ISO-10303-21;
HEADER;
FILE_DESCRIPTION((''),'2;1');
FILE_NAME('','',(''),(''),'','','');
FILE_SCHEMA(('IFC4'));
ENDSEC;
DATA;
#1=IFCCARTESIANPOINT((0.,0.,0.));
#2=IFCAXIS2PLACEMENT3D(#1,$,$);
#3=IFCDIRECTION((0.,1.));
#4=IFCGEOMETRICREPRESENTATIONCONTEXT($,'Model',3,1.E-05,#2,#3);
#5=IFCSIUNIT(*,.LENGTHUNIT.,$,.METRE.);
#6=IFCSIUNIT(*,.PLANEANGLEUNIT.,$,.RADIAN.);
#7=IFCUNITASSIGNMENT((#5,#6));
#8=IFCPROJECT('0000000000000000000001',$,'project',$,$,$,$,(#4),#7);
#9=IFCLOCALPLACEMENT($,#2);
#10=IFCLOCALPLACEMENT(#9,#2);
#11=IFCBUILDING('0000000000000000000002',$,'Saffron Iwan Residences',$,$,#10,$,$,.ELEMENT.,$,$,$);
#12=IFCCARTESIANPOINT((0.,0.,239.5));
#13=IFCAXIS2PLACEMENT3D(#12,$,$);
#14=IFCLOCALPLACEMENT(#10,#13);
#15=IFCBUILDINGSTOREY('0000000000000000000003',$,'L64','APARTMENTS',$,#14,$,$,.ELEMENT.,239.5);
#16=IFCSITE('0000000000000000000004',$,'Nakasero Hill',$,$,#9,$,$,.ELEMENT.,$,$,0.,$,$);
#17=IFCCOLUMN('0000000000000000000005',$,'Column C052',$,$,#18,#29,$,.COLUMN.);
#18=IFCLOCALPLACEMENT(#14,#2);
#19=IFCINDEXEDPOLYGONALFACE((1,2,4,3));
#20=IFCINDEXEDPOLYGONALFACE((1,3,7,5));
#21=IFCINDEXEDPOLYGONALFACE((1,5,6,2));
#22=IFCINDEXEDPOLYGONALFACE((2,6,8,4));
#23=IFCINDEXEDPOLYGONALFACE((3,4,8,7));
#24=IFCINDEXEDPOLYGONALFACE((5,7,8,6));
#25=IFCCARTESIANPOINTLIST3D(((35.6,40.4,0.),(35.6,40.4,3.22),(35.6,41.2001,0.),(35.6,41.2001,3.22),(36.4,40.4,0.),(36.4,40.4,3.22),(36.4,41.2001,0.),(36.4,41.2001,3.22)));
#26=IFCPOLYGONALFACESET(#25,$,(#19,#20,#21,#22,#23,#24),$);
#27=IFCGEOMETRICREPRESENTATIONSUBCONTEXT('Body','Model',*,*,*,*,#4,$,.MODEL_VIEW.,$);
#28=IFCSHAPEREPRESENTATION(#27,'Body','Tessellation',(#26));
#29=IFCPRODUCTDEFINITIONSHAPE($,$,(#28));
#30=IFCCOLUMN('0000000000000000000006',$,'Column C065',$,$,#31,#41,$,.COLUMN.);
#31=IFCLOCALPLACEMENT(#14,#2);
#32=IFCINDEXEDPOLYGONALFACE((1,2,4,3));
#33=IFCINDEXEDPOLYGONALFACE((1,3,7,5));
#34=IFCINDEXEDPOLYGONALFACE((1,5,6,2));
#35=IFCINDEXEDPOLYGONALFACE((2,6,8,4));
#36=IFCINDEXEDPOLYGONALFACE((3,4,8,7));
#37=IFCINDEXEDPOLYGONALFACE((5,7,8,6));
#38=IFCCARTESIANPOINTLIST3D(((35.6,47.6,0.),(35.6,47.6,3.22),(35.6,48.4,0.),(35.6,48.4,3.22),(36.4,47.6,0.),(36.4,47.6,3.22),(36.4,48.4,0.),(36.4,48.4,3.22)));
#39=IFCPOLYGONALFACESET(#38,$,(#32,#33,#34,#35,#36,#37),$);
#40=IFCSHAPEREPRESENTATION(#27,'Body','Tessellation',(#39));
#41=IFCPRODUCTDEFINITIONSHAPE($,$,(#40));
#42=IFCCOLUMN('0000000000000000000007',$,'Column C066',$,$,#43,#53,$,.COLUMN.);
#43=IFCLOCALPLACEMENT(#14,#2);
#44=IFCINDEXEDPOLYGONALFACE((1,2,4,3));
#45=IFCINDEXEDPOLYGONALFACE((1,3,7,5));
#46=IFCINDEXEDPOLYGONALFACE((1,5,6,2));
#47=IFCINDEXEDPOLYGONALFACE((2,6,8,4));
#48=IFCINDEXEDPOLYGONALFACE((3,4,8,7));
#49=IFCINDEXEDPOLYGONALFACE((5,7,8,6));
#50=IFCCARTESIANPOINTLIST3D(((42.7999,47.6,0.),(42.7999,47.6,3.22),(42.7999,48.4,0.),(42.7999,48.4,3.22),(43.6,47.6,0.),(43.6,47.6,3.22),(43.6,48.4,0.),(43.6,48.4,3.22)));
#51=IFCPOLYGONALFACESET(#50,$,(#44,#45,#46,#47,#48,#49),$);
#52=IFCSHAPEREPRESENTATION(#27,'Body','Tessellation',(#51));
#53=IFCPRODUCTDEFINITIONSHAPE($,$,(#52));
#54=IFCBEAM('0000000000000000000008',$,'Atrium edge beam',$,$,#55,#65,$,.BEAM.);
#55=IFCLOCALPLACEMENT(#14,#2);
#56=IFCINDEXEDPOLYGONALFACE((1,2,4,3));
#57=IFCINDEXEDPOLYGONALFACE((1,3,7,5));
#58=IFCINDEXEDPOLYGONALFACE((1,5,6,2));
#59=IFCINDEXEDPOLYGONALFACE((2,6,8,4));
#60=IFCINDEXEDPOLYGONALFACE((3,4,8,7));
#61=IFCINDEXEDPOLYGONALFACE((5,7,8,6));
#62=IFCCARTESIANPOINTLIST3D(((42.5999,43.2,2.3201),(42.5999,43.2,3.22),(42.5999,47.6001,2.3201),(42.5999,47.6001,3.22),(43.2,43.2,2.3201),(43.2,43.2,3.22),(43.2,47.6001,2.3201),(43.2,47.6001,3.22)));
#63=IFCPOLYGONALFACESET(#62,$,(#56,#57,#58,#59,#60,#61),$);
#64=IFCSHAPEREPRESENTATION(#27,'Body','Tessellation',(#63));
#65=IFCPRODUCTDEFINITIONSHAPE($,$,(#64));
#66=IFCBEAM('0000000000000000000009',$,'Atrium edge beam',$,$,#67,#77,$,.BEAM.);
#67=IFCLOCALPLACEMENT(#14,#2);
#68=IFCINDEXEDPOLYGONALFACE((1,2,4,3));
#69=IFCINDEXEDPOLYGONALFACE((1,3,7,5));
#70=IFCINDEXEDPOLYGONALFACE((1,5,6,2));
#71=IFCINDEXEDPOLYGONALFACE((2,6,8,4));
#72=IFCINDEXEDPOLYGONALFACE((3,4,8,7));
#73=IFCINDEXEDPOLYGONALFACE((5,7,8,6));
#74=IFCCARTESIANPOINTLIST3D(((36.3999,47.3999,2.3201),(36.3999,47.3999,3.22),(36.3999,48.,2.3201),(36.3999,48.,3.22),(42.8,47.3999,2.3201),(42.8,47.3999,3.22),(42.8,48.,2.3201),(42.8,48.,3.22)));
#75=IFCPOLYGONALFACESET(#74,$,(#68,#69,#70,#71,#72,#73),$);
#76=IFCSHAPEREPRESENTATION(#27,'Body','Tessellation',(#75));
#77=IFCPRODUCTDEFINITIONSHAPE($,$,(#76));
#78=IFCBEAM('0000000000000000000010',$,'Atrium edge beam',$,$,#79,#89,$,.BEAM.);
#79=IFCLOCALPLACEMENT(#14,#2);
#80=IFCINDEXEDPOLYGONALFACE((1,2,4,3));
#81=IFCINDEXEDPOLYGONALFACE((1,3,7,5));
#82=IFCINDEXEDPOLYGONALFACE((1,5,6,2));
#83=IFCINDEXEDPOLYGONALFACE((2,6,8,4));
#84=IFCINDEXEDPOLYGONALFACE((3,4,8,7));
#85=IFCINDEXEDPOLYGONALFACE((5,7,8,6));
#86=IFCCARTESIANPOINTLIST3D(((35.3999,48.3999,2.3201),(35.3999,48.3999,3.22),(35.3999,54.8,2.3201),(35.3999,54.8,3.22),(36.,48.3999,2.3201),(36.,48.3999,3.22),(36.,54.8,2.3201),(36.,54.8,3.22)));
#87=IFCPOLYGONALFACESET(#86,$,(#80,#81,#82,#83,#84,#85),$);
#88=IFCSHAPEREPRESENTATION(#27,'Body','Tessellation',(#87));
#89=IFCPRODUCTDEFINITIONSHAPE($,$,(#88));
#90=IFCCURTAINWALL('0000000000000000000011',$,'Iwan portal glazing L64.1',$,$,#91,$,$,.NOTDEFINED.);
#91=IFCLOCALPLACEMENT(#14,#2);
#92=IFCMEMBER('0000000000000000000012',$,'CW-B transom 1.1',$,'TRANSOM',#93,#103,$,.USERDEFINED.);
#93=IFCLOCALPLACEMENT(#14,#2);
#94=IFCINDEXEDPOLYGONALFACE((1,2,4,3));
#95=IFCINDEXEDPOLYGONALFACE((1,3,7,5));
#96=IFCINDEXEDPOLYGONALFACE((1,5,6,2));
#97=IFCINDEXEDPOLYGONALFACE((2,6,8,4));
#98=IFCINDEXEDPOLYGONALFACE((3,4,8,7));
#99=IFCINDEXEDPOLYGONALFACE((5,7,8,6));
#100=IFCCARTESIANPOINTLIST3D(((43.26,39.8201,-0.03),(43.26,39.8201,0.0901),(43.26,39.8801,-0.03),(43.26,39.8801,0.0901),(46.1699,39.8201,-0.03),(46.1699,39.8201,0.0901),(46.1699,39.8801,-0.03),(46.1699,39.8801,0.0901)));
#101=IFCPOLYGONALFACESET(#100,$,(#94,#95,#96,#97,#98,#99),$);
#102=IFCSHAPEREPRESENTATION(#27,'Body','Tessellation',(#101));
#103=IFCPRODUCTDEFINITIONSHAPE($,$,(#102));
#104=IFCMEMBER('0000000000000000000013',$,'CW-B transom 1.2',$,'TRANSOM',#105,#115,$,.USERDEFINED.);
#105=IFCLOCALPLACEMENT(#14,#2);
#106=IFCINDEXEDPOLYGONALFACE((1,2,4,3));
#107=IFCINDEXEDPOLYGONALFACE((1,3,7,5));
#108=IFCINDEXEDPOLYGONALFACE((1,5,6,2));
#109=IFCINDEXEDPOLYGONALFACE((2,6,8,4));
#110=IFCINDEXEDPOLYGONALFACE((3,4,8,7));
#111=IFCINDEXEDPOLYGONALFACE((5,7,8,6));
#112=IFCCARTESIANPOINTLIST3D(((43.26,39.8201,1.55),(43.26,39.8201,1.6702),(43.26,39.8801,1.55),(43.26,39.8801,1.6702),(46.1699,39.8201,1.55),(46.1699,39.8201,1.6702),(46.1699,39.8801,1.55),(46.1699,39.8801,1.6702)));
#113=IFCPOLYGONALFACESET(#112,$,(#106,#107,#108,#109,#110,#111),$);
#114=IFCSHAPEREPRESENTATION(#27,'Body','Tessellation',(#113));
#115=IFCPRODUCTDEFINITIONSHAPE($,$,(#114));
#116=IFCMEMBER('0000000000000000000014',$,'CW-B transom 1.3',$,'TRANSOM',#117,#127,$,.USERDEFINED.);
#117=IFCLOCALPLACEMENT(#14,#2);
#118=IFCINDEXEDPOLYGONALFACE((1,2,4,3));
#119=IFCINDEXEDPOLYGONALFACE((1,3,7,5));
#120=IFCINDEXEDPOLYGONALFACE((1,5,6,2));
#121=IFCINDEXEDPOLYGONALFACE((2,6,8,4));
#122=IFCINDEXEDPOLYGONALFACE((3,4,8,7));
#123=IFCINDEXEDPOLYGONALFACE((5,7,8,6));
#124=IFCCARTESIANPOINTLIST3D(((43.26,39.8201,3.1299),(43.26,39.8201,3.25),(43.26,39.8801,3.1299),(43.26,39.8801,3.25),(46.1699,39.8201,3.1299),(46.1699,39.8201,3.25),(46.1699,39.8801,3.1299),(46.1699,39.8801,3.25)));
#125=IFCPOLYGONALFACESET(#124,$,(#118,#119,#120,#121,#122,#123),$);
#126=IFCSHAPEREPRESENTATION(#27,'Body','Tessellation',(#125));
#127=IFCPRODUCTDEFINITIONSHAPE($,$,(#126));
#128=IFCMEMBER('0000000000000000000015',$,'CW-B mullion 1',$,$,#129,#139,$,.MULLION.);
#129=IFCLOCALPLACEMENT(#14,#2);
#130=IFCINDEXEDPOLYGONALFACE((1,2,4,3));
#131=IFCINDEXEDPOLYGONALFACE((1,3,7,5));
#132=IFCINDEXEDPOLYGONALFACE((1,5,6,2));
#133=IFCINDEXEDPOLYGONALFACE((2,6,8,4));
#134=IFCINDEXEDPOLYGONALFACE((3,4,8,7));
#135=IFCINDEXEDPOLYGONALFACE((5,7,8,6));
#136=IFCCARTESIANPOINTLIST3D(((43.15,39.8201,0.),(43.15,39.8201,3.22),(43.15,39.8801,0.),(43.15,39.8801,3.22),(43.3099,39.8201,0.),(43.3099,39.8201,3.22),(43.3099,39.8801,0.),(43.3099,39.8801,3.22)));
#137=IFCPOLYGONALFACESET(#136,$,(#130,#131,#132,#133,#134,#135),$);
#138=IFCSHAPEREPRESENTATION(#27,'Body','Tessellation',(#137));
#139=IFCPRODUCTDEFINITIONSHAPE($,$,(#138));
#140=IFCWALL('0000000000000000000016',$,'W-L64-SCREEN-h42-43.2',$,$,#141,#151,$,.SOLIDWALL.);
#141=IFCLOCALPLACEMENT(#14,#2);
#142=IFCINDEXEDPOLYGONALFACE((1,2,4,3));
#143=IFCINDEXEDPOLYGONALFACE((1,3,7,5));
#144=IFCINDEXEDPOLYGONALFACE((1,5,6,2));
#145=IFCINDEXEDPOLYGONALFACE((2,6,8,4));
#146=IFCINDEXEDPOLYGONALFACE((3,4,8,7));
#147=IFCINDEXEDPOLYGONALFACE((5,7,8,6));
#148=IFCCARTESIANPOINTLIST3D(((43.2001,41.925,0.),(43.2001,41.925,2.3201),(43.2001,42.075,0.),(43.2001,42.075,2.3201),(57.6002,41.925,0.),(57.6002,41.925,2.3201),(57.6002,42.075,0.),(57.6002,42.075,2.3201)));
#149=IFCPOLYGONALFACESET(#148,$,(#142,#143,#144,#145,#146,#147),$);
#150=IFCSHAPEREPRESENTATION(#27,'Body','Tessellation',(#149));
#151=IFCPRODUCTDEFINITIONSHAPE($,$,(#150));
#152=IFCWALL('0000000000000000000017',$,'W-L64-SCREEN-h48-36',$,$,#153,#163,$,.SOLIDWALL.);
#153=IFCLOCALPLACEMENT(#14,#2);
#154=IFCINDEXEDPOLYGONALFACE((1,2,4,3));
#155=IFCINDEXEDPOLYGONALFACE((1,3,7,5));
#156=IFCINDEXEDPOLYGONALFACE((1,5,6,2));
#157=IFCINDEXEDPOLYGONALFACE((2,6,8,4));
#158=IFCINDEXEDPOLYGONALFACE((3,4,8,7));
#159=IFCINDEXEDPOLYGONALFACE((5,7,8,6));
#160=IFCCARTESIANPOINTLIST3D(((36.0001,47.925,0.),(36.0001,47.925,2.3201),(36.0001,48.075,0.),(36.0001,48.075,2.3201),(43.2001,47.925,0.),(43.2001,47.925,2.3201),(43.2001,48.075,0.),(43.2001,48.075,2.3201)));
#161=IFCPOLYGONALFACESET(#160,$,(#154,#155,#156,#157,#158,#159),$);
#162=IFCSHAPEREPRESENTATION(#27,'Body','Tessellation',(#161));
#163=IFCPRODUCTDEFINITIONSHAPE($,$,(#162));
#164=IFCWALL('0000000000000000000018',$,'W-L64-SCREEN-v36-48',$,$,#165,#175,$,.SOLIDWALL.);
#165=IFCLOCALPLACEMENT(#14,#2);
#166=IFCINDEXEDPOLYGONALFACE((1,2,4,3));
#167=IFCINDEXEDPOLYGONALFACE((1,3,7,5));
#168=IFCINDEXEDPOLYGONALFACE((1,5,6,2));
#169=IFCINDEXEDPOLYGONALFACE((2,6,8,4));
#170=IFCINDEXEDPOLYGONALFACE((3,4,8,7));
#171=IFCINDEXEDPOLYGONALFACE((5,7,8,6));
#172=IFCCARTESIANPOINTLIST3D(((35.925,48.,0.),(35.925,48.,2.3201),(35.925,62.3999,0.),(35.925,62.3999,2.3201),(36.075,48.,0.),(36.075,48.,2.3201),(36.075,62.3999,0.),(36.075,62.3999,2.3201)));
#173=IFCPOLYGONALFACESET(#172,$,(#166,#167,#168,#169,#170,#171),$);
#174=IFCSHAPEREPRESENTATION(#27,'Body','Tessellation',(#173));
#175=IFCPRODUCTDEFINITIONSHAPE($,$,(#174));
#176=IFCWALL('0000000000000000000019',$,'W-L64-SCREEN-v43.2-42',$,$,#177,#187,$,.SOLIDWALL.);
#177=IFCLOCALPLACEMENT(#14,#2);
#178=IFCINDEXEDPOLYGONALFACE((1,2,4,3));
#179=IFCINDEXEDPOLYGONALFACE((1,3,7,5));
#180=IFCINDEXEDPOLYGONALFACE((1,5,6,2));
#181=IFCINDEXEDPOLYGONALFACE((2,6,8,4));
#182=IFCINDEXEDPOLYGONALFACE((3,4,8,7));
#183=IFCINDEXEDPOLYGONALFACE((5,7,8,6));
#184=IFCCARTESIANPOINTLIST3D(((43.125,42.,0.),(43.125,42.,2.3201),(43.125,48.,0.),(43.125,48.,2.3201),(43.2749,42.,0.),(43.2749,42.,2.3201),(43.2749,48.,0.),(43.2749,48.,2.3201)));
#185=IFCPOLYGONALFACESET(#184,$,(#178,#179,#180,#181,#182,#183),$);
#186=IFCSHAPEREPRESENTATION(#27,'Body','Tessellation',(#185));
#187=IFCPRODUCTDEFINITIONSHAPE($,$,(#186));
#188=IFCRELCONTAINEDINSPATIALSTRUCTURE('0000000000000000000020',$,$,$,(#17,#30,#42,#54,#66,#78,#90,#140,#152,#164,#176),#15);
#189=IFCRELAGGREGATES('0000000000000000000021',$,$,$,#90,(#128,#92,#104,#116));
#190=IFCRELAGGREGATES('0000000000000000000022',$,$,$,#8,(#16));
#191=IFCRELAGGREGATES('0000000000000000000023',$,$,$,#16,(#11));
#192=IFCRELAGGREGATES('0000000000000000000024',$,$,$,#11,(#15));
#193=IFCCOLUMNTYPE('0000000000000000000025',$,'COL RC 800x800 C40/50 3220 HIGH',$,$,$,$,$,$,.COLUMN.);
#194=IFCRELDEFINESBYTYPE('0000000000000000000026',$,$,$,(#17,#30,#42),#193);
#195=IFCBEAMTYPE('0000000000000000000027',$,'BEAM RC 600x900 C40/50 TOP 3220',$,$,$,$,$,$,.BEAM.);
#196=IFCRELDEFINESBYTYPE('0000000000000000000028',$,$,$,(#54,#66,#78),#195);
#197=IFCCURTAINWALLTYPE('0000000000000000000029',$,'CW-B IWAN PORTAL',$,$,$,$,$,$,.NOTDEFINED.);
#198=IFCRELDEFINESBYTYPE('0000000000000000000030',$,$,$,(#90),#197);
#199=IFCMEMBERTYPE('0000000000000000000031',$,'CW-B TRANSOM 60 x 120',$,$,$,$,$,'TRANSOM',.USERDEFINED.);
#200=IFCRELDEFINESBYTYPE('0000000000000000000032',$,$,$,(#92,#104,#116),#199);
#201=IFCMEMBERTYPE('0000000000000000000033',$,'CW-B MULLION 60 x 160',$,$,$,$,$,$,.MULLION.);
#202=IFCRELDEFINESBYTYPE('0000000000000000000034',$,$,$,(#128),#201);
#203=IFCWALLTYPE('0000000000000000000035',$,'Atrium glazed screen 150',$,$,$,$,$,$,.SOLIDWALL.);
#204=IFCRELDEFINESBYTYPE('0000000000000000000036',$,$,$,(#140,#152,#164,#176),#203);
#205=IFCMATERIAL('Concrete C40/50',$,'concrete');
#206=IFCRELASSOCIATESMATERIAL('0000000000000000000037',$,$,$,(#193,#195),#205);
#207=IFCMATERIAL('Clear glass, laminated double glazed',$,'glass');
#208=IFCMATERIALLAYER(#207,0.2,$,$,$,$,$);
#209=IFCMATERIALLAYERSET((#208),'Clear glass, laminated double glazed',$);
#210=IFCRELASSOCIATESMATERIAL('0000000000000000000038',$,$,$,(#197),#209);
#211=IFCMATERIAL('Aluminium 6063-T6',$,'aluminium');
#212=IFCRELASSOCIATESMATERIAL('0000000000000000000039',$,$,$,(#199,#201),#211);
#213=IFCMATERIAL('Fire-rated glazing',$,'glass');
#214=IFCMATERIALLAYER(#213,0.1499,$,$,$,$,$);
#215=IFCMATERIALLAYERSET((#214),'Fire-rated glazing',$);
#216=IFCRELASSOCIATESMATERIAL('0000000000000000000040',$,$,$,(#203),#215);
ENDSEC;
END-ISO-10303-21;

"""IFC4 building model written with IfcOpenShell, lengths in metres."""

from ifc_helpers import new_model, si_unit, direction, frame, frame_2d, origin, origin_2d, place, context, subcontext, project, spatial, rectangle, extrude, source, transform, mapped, material, layer, layer_set, material_profile, profile_set, type_object, element, aggregate, save


model = new_model("IFC4")

# Units and contexts
model_context = context("Model", 3, precision=1e-05, world=origin(), true_north=direction((0.0, 1.0)))
body_context = subcontext(model_context, "Body", "Model", "MODEL_VIEW")
ifc_project = project(units=[si_unit("LENGTHUNIT", "METRE"), si_unit("PLANEANGLEUNIT", "RADIAN")], contexts=[model_context])

# Site, building, storey
site_placement = place(None, origin())
site = spatial("IfcSite", under=ifc_project, at=site_placement, Name="Nakasero Hill", CompositionType="ELEMENT", RefElevation=0.0)
building_placement = place(site_placement, origin())
building = spatial("IfcBuilding", under=site, at=building_placement, Name="Saffron Iwan Residences", CompositionType="ELEMENT")
storey_placement = place(building_placement, frame((0.0, 0.0, 239.5)))
storey = spatial("IfcBuildingStorey", under=building, at=storey_placement, Name="L64", Description="APARTMENTS", CompositionType="ELEMENT", Elevation=239.5)

# Columns
ifc_material_1 = material(Name="Concrete C40/50", Category="concrete")
ifc_material_profile_1 = material_profile(ifc_material_1, rectangle(XDim=0.8, YDim=0.8, at=origin_2d()), Name="RC 800x800")
ifc_profile_set_1 = profile_set([ifc_material_profile_1], Name="Concrete C40/50")
column_type = type_object("IfcColumnType", Name="COL RC 800x800 C40/50 3220 HIGH", PredefinedType="COLUMN", material=ifc_profile_set_1)
shared_shape_1 = source(origin(), body_context, "Body", "SweptSolid", [
    extrude(rectangle(XDim=0.8, YDim=0.8, at=origin_2d()), origin(), (0.0, 0.0, 1.0), 3.22),
])
for number, where, z_axis, x_axis, name in (
    (1, (36.0, 40.8, 0.0), (0.0, 0.0, 1.0), (1.0, 0.0, 0.0), "Column C052"),
    (2, (36.0, 48.0, 0.0), (0.0, 0.0, 1.0), (1.0, 0.0, 0.0), "Column C065"),
    (3, (43.2, 48.0, 0.0), (0.0, 0.0, 1.0), (1.0, 0.0, 0.0), "Column C066"),
):
    element("IfcColumn", number, at=place(storey_placement, frame(where, z_axis=z_axis, x_axis=x_axis)), inside=storey, type_object=column_type, Name=name, PredefinedType="COLUMN", context=body_context, shape_type="MappedRepresentation", body=[
        mapped(shared_shape_1, transform((0.0, 0.0, 0.0))),
    ])

# Beams
ifc_material_profile_2 = material_profile(ifc_material_1, rectangle(XDim=0.6001, YDim=0.8999, at=origin_2d()), Name="RC 600x900")
ifc_profile_set_2 = profile_set([ifc_material_profile_2], Name="Concrete C40/50")
beam_type = type_object("IfcBeamType", Name="BEAM RC 600x900 C40/50 TOP 3220", PredefinedType="BEAM", material=ifc_profile_set_2)
shared_shape_2 = source(origin(), body_context, "Body", "SweptSolid", [
    extrude(rectangle(XDim=0.6001, YDim=0.8999, at=origin_2d()), origin(), (0.0, 0.0, 1.0), 4.4001),
])
beam_placement = place(storey_placement, frame((42.8999, 43.2, 2.77), z_axis=(0.0, 1.0, 0.0), x_axis=(-1.0, 0.0, 0.0)))
element("IfcBeam", 4, at=beam_placement, inside=storey, type_object=beam_type, Name="Atrium edge beam", PredefinedType="BEAM", context=body_context, shape_type="MappedRepresentation", body=[
    mapped(shared_shape_2, transform((0.0, 0.0, 0.0))),
])
shared_shape_3 = source(origin(), body_context, "Body", "SweptSolid", [
    extrude(rectangle(XDim=0.6001, YDim=0.8999, at=origin_2d()), origin(), (0.0, 0.0, 1.0), 6.4001),
])
for number, where, z_axis, x_axis, name in (
    (5, (42.8, 47.7, 2.77), (-1.0, 0.0, 0.0), (0.0, -1.0, 0.0), "Atrium edge beam"),
    (6, (35.7, 48.3999, 2.77), (0.0, 1.0, 0.0), (-1.0, 0.0, 0.0), "Atrium edge beam"),
):
    element("IfcBeam", number, at=place(storey_placement, frame(where, z_axis=z_axis, x_axis=x_axis)), inside=storey, type_object=beam_type, Name=name, PredefinedType="BEAM", context=body_context, shape_type="MappedRepresentation", body=[
        mapped(shared_shape_3, transform((0.0, 0.0, 0.0))),
    ])

# Curtain wall, members
ifc_material_2 = material(Name="Clear glass, laminated double glazed", Category="glass")
ifc_layer_1 = layer(ifc_material_2, 0.2)
ifc_layer_set_1 = layer_set([ifc_layer_1], Name="Clear glass, laminated double glazed")
curtain_wall_type = type_object("IfcCurtainWallType", Name="CW-B IWAN PORTAL", PredefinedType="NOTDEFINED", material=ifc_layer_set_1)
curtain_wall_placement = place(storey_placement, origin())
curtain_wall = element("IfcCurtainWall", 7, at=curtain_wall_placement, inside=storey, type_object=curtain_wall_type, Name="Iwan portal glazing L64.1", PredefinedType="NOTDEFINED")
ifc_material_3 = material(Name="Aluminium 6063-T6", Category="aluminium")
ifc_material_profile_3 = material_profile(ifc_material_3, rectangle(XDim=0.0601, YDim=0.1201, at=origin_2d()), Name="CW-B TRANSOM 60 x 120")
ifc_profile_set_3 = profile_set([ifc_material_profile_3], Name="Aluminium 6063-T6")
member_type_1 = type_object("IfcMemberType", Name="CW-B TRANSOM 60 x 120", ElementType="TRANSOM", PredefinedType="USERDEFINED", material=ifc_profile_set_3)
shared_shape_4 = source(origin(), body_context, "Body", "SweptSolid", [
    extrude(rectangle(XDim=0.0601, YDim=0.1201, at=origin_2d()), origin(), (0.0, 0.0, 1.0), 2.9099),
])
member_1_placement = place(storey_placement, frame((43.26, 39.8501, 0.03), z_axis=(1.0, 0.0, 0.0), x_axis=(0.0, 1.0, 0.0)))
member_1 = element("IfcMember", 8, at=member_1_placement, type_object=member_type_1, Name="CW-B transom 1.1", ObjectType="TRANSOM", PredefinedType="USERDEFINED", context=body_context, shape_type="MappedRepresentation", body=[
    mapped(shared_shape_4, transform((0.0, 0.0, 0.0))),
])
member_2_placement = place(storey_placement, frame((43.26, 39.8501, 1.6101), z_axis=(1.0, 0.0, 0.0), x_axis=(0.0, 1.0, 0.0)))
member_2 = element("IfcMember", 9, at=member_2_placement, type_object=member_type_1, Name="CW-B transom 1.2", ObjectType="TRANSOM", PredefinedType="USERDEFINED", context=body_context, shape_type="MappedRepresentation", body=[
    mapped(shared_shape_4, transform((0.0, 0.0, 0.0))),
])
member_3_placement = place(storey_placement, frame((43.26, 39.8501, 3.1899), z_axis=(1.0, 0.0, 0.0), x_axis=(0.0, 1.0, 0.0)))
member_3 = element("IfcMember", 10, at=member_3_placement, type_object=member_type_1, Name="CW-B transom 1.3", ObjectType="TRANSOM", PredefinedType="USERDEFINED", context=body_context, shape_type="MappedRepresentation", body=[
    mapped(shared_shape_4, transform((0.0, 0.0, 0.0))),
])
ifc_material_profile_4 = material_profile(ifc_material_3, rectangle(XDim=0.0601, YDim=0.1599, at=origin_2d()), Name="CW-B MULLION 60 x 160")
ifc_profile_set_4 = profile_set([ifc_material_profile_4], Name="Aluminium 6063-T6")
member_type_2 = type_object("IfcMemberType", Name="CW-B MULLION 60 x 160", PredefinedType="MULLION", material=ifc_profile_set_4)
shared_shape_5 = source(origin(), body_context, "Body", "SweptSolid", [
    extrude(rectangle(XDim=0.0601, YDim=0.1599, at=origin_2d()), origin(), (0.0, 0.0, 1.0), 3.22),
])
member_4_placement = place(storey_placement, frame((43.23, 39.8501, 0.0), z_axis=(0.0, 0.0, 1.0), x_axis=(0.0, 1.0, 0.0)))
member_4 = element("IfcMember", 11, at=member_4_placement, type_object=member_type_2, Name="CW-B mullion 1", PredefinedType="MULLION", context=body_context, shape_type="MappedRepresentation", body=[
    mapped(shared_shape_5, transform((0.0, 0.0, 0.0))),
])
aggregate(curtain_wall, [member_4, member_1, member_2, member_3])

# Walls
ifc_material_4 = material(Name="Fire-rated glazing", Category="glass")
ifc_layer_2 = layer(ifc_material_4, 0.1499)
ifc_layer_set_2 = layer_set([ifc_layer_2], Name="Fire-rated glazing")
wall_type_1 = type_object("IfcWallType", Name="Atrium glazed screen 150", PredefinedType="SOLIDWALL", material=ifc_layer_set_2)
wall_1_placement = place(storey_placement, frame((43.2, 42.0, 0.0), z_axis=(0.0, 0.0, 1.0), x_axis=(1.0, 0.0, 0.0)))
element("IfcWall", 12, at=wall_1_placement, inside=storey, type_object=wall_type_1, Name="W-L64-SCREEN-h42-43.2", PredefinedType="SOLIDWALL", context=body_context, shape_type="SweptSolid", body=[
    extrude(rectangle(XDim=14.4001, YDim=0.1499, at=frame_2d((7.2002, 0.0))), origin(), (0.0, 0.0, 1.0), 2.3201),
])
wall_2_placement = place(storey_placement, frame((36.0, 48.0, 0.0), z_axis=(0.0, 0.0, 1.0), x_axis=(1.0, 0.0, 0.0)))
element("IfcWall", 13, at=wall_2_placement, inside=storey, type_object=wall_type_1, Name="W-L64-SCREEN-h48-36", PredefinedType="SOLIDWALL", context=body_context, shape_type="SweptSolid", body=[
    extrude(rectangle(XDim=7.2, YDim=0.1499, at=frame_2d((3.6001, 0.0))), origin(), (0.0, 0.0, 1.0), 2.3201),
])
wall_3_placement = place(storey_placement, frame((36.0, 48.0, 0.0), z_axis=(0.0, 0.0, 1.0), x_axis=(0.0, 1.0, 0.0)))
element("IfcWall", 14, at=wall_3_placement, inside=storey, type_object=wall_type_1, Name="W-L64-SCREEN-v36-48", PredefinedType="SOLIDWALL", context=body_context, shape_type="SweptSolid", body=[
    extrude(rectangle(XDim=14.3999, YDim=0.1499, at=frame_2d((7.2, 0.0))), origin(), (0.0, 0.0, 1.0), 2.3201),
])
wall_4_placement = place(storey_placement, frame((43.2, 42.0, 0.0), z_axis=(0.0, 0.0, 1.0), x_axis=(0.0, 1.0, 0.0)))
element("IfcWall", 15, at=wall_4_placement, inside=storey, type_object=wall_type_1, Name="W-L64-SCREEN-v43.2-42", PredefinedType="SOLIDWALL", context=body_context, shape_type="SweptSolid", body=[
    extrude(rectangle(XDim=6.0, YDim=0.1499, at=frame_2d((3.0, 0.0))), origin(), (0.0, 0.0, 1.0), 2.3201),
])

save(model, "model.ifc")
